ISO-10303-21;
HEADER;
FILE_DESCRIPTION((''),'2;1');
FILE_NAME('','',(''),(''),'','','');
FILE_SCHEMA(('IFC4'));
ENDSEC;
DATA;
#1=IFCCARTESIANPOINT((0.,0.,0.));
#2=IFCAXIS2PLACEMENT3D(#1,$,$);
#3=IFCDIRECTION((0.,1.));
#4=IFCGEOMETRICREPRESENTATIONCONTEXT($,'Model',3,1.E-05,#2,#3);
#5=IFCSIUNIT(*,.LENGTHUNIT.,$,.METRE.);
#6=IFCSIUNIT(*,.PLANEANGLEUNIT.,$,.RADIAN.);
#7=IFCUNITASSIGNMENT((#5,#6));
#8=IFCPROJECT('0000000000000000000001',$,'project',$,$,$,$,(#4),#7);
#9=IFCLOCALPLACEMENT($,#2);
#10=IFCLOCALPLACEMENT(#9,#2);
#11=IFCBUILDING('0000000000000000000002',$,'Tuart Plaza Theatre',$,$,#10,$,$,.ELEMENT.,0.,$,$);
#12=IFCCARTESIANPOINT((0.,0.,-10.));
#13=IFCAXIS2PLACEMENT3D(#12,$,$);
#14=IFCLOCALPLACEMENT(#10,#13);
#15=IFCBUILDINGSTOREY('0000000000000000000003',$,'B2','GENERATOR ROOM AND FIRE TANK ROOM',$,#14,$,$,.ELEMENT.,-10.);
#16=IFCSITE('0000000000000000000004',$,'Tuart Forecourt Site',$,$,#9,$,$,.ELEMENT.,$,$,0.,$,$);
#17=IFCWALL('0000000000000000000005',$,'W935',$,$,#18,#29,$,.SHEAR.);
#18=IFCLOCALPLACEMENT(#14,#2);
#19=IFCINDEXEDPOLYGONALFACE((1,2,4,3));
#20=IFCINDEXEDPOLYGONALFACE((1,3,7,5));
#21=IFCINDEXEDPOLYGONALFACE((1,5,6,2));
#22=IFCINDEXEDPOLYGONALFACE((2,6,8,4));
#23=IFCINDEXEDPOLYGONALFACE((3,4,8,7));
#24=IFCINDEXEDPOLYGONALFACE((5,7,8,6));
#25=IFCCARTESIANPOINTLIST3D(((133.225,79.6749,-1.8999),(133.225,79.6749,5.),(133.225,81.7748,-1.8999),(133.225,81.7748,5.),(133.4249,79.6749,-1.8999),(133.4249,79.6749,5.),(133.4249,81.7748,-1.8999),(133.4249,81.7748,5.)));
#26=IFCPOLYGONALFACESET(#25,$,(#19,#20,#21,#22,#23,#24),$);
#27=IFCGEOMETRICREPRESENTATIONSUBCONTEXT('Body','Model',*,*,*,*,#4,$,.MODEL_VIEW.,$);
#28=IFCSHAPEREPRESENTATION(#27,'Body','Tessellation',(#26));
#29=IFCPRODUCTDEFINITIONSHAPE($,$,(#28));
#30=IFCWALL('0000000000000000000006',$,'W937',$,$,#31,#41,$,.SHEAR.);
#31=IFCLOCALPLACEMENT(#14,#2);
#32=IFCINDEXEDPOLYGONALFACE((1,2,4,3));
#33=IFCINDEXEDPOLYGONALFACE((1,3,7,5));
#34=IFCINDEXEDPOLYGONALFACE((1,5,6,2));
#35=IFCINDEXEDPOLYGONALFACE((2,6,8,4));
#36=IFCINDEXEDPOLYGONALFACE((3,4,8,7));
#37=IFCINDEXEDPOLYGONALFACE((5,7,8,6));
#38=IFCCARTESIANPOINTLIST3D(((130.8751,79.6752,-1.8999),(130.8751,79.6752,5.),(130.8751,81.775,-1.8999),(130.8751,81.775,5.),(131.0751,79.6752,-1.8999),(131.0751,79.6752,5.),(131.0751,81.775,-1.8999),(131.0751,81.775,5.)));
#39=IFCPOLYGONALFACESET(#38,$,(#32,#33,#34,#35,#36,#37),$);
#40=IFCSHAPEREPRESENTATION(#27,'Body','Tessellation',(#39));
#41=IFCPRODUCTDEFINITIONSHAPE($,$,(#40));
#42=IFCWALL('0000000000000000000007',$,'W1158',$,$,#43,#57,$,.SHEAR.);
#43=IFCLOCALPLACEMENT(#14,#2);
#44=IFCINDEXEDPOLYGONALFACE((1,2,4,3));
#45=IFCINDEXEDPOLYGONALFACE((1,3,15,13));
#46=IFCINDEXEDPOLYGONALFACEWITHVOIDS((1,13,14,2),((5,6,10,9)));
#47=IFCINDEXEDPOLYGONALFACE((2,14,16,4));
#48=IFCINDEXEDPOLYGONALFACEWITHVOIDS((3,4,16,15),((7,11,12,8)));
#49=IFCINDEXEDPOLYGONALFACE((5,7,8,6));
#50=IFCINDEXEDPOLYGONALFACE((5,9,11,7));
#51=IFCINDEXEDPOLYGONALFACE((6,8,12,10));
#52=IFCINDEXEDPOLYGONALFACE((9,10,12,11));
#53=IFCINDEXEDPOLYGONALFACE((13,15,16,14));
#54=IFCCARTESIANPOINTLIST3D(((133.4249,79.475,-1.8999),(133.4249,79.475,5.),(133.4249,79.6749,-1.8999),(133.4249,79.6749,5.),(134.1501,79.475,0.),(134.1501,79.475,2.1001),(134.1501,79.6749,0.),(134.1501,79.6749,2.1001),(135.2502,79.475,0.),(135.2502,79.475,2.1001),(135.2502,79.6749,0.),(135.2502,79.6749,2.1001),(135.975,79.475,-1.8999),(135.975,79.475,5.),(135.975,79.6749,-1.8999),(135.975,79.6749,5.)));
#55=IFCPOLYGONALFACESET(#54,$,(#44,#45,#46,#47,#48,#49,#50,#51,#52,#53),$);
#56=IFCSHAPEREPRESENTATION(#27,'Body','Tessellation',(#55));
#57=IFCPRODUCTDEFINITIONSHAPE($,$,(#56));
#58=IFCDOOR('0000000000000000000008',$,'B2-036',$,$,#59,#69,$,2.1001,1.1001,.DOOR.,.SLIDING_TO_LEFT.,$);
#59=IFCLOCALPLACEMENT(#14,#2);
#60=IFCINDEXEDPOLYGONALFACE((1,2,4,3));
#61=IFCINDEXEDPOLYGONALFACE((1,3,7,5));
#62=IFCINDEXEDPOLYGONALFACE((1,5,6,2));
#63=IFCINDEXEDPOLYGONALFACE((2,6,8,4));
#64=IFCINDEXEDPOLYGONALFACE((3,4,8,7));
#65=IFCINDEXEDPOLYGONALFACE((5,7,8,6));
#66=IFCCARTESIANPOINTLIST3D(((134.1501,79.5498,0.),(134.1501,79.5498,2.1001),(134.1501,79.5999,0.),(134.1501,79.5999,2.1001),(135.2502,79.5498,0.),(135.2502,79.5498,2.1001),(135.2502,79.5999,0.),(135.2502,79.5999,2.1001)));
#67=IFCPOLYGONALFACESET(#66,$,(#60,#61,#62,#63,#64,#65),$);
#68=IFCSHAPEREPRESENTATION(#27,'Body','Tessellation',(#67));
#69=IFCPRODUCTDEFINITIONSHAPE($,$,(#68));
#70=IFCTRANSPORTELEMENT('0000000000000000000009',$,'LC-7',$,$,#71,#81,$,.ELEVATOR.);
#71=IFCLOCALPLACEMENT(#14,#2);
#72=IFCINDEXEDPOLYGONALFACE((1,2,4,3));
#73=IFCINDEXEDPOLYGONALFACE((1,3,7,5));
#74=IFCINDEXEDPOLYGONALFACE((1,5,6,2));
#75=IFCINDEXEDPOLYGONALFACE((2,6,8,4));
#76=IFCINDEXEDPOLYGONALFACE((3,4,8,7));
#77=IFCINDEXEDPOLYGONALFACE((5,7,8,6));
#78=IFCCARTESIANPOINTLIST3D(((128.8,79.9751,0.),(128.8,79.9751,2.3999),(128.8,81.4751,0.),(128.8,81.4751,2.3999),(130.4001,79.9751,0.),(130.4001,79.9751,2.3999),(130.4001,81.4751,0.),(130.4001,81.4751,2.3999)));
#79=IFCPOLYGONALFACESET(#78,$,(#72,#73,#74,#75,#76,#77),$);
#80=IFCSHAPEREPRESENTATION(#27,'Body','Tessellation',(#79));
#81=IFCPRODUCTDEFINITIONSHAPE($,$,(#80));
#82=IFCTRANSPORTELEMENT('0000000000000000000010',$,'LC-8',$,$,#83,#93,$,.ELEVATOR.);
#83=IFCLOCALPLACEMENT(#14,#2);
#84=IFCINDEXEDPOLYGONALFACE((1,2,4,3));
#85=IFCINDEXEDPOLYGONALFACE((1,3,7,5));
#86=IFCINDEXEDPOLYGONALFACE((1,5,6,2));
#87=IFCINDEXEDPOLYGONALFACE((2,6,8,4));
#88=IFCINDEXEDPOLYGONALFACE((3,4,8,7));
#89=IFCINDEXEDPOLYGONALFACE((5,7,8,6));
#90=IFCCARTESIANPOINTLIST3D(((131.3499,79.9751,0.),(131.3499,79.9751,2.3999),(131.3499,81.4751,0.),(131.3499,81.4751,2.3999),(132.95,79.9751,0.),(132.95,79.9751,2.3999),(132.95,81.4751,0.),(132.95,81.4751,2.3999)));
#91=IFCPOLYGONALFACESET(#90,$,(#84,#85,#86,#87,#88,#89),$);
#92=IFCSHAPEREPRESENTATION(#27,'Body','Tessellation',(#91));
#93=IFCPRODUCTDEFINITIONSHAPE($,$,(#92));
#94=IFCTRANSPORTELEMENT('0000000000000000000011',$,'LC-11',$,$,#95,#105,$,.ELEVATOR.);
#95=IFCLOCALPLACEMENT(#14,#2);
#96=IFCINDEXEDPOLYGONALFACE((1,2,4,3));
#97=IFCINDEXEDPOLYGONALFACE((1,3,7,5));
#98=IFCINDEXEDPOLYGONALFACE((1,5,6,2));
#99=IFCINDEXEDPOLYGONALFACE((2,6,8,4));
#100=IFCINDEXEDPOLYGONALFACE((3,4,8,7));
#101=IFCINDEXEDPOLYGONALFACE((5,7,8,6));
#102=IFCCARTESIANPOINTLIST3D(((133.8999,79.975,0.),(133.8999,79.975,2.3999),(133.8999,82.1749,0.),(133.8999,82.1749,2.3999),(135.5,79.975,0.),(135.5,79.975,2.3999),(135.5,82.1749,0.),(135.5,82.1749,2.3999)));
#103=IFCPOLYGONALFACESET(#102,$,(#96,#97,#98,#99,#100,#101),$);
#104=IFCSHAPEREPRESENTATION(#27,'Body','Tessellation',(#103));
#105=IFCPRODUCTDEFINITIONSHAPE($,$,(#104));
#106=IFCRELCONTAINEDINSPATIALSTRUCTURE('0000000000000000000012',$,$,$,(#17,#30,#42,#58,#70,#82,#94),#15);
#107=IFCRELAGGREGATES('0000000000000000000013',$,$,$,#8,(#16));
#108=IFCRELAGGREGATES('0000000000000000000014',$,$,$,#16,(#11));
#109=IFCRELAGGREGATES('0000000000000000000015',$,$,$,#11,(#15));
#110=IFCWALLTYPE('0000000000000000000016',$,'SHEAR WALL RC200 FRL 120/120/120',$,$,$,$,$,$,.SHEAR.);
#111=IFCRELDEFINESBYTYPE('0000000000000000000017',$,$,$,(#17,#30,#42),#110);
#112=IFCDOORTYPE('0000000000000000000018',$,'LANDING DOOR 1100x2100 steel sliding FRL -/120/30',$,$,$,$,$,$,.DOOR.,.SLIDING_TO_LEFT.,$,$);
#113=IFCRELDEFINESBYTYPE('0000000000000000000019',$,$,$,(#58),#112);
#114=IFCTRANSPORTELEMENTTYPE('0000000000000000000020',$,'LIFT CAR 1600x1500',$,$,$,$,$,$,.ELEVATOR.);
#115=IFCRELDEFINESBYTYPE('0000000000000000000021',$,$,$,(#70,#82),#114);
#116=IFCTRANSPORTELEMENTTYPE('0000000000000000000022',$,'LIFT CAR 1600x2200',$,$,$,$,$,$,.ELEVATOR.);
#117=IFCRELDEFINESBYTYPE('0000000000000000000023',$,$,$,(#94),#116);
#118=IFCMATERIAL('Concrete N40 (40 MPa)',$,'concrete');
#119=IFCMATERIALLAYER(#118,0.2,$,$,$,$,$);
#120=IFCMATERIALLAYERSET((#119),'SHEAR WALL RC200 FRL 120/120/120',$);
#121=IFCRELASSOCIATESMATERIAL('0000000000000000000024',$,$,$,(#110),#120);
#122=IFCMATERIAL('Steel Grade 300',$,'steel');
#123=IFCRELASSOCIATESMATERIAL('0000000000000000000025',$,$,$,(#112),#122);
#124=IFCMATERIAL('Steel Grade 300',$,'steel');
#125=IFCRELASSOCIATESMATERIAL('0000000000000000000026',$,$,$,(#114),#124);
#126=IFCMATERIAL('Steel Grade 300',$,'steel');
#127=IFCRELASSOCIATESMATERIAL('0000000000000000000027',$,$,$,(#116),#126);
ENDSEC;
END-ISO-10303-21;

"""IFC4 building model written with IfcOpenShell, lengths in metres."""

from ifc_helpers import new_model, si_unit, direction, frame, frame_2d, origin, origin_2d, place, context, subcontext, project, spatial, rectangle, extrude, material, layer, layer_set, type_object, element, fill, save


model = new_model("IFC4")

# Units and contexts
model_context = context("Model", 3, precision=1e-05, world=origin(), true_north=direction((0.0, 1.0)))
body_context = subcontext(model_context, "Body", "Model", "MODEL_VIEW")
ifc_project = project(units=[si_unit("LENGTHUNIT", "METRE"), si_unit("PLANEANGLEUNIT", "RADIAN")], contexts=[model_context])

# Site, building, storey
site_placement = place(None, origin())
site = spatial("IfcSite", under=ifc_project, at=site_placement, Name="Tuart Forecourt Site", CompositionType="ELEMENT", RefElevation=0.0)
building_placement = place(site_placement, origin())
building = spatial("IfcBuilding", under=site, at=building_placement, Name="Tuart Plaza Theatre", CompositionType="ELEMENT", ElevationOfRefHeight=0.0)
storey_placement = place(building_placement, frame((0.0, 0.0, -10.0)))
storey = spatial("IfcBuildingStorey", under=building, at=storey_placement, Name="B2", Description="GENERATOR ROOM AND FIRE TANK ROOM", CompositionType="ELEMENT", Elevation=-10.0)

# Shared definitions
ifc_material_1 = material(Name="Concrete N40 (40 MPa)", Category="concrete")
ifc_layer = layer(ifc_material_1, 0.2)
ifc_layer_set = layer_set([ifc_layer], Name="SHEAR WALL RC200 FRL 120/120/120")
wall_type = type_object("IfcWallType", Name="SHEAR WALL RC200 FRL 120/120/120", PredefinedType="SHEAR", material=ifc_layer_set)

# Shared definitions
ifc_material_2 = material(Name="Steel Grade 300", Category="steel")
door_type = type_object("IfcDoorType", Name="LANDING DOOR 1100x2100 steel sliding FRL -/120/30", OperationType="SLIDING_TO_LEFT", PredefinedType="DOOR", material=ifc_material_2)

# Walls
for number, where, z_axis, x_axis, name in (
    (1, (133.325, 79.675, -1.8999), (0.0, 0.0, 1.0), (0.0, 1.0, 0.0), "W935"),
    (2, (130.9751, 81.7749, -1.8999), (0.0, 0.0, 1.0), (0.0, -1.0, 0.0), "W937"),
):
    element("IfcWall", number, at=place(storey_placement, frame(where, z_axis=z_axis, x_axis=x_axis)), inside=storey, type_object=wall_type, Name=name, PredefinedType="SHEAR", context=body_context, shape_type="SweptSolid", body=[
        extrude(rectangle(XDim=2.0999, YDim=0.2, at=frame_2d((1.0498, 0.0))), origin(), (0.0, 0.0, 1.0), 6.8999),
    ])

# Wall, opening, door
wall_1_placement = place(storey_placement, frame((133.425, 79.575, -1.8999), z_axis=(0.0, 0.0, 1.0), x_axis=(1.0, 0.0, 0.0)))
wall_1 = element("IfcWall", 3, at=wall_1_placement, inside=storey, type_object=wall_type, Name="W1158", PredefinedType="SHEAR", context=body_context, shape_type="SweptSolid", body=[
    extrude(rectangle(XDim=2.55, YDim=0.2, at=frame_2d((1.2749, 0.0))), origin(), (0.0, 0.0, 1.0), 6.8999),
])
opening_1_placement = place(wall_1_placement, frame((0.7251, 0.0, 1.8999)))
opening_1 = element("IfcOpeningElement", 4, at=opening_1_placement, cuts=wall_1, PredefinedType="OPENING", context=body_context, shape_type="SweptSolid", body=[
    extrude(rectangle(XDim=1.1001, YDim=2.1001, at=frame_2d((0.55, 1.05))), frame((0.0, 0.1099, 0.0), z_axis=(0.0, -1.0, 0.0), x_axis=(1.0, 0.0, 0.0)), (0.0, 0.0, 1.0), 0.22),
])
door_1_placement = place(opening_1_placement, origin())
door_1 = element("IfcDoor", 5, at=door_1_placement, inside=storey, type_object=door_type, Name="B2-036", OperationType="SLIDING_TO_LEFT", OverallHeight=2.1001, OverallWidth=1.1001, PredefinedType="DOOR", context=body_context, shape_type="SweptSolid", body=[
    extrude(rectangle(XDim=1.1001, YDim=2.1001, at=frame_2d((0.55, 1.05))), frame((0.0, 0.0249, 0.0), z_axis=(0.0, -1.0, 0.0), x_axis=(1.0, 0.0, 0.0)), (0.0, 0.0, 1.0), 0.05),
])
fill(opening_1, door_1)

# Transport elements
ifc_material_3 = material(Name="Steel Grade 300", Category="steel")
transport_element_type_1 = type_object("IfcTransportElementType", Name="LIFT CAR 1600x1500", PredefinedType="ELEVATOR", material=ifc_material_3)
for number, where, z_axis, x_axis, name in (
    (6, (129.6001, 80.7251, 0.0), (0.0, 0.0, 1.0), (1.0, 0.0, 0.0), "LC-7"),
    (7, (132.1499, 80.7251, 0.0), (0.0, 0.0, 1.0), (1.0, 0.0, 0.0), "LC-8"),
):
    element("IfcTransportElement", number, at=place(storey_placement, frame(where, z_axis=z_axis, x_axis=x_axis)), inside=storey, type_object=transport_element_type_1, Name=name, PredefinedType="ELEVATOR", context=body_context, shape_type="SweptSolid", body=[
        extrude(rectangle(XDim=1.6001, YDim=1.5, at=origin_2d()), origin(), (0.0, 0.0, 1.0), 2.3999),
    ])
ifc_material_4 = material(Name="Steel Grade 300", Category="steel")
transport_element_type_2 = type_object("IfcTransportElementType", Name="LIFT CAR 1600x2200", PredefinedType="ELEVATOR", material=ifc_material_4)
transport_element_placement = place(storey_placement, frame((134.7, 81.075, 0.0), z_axis=(0.0, 0.0, 1.0), x_axis=(1.0, 0.0, 0.0)))
element("IfcTransportElement", 8, at=transport_element_placement, inside=storey, type_object=transport_element_type_2, Name="LC-11", PredefinedType="ELEVATOR", context=body_context, shape_type="SweptSolid", body=[
    extrude(rectangle(XDim=1.6001, YDim=2.2, at=origin_2d()), origin(), (0.0, 0.0, 1.0), 2.3999),
])

save(model, "model.ifc")
